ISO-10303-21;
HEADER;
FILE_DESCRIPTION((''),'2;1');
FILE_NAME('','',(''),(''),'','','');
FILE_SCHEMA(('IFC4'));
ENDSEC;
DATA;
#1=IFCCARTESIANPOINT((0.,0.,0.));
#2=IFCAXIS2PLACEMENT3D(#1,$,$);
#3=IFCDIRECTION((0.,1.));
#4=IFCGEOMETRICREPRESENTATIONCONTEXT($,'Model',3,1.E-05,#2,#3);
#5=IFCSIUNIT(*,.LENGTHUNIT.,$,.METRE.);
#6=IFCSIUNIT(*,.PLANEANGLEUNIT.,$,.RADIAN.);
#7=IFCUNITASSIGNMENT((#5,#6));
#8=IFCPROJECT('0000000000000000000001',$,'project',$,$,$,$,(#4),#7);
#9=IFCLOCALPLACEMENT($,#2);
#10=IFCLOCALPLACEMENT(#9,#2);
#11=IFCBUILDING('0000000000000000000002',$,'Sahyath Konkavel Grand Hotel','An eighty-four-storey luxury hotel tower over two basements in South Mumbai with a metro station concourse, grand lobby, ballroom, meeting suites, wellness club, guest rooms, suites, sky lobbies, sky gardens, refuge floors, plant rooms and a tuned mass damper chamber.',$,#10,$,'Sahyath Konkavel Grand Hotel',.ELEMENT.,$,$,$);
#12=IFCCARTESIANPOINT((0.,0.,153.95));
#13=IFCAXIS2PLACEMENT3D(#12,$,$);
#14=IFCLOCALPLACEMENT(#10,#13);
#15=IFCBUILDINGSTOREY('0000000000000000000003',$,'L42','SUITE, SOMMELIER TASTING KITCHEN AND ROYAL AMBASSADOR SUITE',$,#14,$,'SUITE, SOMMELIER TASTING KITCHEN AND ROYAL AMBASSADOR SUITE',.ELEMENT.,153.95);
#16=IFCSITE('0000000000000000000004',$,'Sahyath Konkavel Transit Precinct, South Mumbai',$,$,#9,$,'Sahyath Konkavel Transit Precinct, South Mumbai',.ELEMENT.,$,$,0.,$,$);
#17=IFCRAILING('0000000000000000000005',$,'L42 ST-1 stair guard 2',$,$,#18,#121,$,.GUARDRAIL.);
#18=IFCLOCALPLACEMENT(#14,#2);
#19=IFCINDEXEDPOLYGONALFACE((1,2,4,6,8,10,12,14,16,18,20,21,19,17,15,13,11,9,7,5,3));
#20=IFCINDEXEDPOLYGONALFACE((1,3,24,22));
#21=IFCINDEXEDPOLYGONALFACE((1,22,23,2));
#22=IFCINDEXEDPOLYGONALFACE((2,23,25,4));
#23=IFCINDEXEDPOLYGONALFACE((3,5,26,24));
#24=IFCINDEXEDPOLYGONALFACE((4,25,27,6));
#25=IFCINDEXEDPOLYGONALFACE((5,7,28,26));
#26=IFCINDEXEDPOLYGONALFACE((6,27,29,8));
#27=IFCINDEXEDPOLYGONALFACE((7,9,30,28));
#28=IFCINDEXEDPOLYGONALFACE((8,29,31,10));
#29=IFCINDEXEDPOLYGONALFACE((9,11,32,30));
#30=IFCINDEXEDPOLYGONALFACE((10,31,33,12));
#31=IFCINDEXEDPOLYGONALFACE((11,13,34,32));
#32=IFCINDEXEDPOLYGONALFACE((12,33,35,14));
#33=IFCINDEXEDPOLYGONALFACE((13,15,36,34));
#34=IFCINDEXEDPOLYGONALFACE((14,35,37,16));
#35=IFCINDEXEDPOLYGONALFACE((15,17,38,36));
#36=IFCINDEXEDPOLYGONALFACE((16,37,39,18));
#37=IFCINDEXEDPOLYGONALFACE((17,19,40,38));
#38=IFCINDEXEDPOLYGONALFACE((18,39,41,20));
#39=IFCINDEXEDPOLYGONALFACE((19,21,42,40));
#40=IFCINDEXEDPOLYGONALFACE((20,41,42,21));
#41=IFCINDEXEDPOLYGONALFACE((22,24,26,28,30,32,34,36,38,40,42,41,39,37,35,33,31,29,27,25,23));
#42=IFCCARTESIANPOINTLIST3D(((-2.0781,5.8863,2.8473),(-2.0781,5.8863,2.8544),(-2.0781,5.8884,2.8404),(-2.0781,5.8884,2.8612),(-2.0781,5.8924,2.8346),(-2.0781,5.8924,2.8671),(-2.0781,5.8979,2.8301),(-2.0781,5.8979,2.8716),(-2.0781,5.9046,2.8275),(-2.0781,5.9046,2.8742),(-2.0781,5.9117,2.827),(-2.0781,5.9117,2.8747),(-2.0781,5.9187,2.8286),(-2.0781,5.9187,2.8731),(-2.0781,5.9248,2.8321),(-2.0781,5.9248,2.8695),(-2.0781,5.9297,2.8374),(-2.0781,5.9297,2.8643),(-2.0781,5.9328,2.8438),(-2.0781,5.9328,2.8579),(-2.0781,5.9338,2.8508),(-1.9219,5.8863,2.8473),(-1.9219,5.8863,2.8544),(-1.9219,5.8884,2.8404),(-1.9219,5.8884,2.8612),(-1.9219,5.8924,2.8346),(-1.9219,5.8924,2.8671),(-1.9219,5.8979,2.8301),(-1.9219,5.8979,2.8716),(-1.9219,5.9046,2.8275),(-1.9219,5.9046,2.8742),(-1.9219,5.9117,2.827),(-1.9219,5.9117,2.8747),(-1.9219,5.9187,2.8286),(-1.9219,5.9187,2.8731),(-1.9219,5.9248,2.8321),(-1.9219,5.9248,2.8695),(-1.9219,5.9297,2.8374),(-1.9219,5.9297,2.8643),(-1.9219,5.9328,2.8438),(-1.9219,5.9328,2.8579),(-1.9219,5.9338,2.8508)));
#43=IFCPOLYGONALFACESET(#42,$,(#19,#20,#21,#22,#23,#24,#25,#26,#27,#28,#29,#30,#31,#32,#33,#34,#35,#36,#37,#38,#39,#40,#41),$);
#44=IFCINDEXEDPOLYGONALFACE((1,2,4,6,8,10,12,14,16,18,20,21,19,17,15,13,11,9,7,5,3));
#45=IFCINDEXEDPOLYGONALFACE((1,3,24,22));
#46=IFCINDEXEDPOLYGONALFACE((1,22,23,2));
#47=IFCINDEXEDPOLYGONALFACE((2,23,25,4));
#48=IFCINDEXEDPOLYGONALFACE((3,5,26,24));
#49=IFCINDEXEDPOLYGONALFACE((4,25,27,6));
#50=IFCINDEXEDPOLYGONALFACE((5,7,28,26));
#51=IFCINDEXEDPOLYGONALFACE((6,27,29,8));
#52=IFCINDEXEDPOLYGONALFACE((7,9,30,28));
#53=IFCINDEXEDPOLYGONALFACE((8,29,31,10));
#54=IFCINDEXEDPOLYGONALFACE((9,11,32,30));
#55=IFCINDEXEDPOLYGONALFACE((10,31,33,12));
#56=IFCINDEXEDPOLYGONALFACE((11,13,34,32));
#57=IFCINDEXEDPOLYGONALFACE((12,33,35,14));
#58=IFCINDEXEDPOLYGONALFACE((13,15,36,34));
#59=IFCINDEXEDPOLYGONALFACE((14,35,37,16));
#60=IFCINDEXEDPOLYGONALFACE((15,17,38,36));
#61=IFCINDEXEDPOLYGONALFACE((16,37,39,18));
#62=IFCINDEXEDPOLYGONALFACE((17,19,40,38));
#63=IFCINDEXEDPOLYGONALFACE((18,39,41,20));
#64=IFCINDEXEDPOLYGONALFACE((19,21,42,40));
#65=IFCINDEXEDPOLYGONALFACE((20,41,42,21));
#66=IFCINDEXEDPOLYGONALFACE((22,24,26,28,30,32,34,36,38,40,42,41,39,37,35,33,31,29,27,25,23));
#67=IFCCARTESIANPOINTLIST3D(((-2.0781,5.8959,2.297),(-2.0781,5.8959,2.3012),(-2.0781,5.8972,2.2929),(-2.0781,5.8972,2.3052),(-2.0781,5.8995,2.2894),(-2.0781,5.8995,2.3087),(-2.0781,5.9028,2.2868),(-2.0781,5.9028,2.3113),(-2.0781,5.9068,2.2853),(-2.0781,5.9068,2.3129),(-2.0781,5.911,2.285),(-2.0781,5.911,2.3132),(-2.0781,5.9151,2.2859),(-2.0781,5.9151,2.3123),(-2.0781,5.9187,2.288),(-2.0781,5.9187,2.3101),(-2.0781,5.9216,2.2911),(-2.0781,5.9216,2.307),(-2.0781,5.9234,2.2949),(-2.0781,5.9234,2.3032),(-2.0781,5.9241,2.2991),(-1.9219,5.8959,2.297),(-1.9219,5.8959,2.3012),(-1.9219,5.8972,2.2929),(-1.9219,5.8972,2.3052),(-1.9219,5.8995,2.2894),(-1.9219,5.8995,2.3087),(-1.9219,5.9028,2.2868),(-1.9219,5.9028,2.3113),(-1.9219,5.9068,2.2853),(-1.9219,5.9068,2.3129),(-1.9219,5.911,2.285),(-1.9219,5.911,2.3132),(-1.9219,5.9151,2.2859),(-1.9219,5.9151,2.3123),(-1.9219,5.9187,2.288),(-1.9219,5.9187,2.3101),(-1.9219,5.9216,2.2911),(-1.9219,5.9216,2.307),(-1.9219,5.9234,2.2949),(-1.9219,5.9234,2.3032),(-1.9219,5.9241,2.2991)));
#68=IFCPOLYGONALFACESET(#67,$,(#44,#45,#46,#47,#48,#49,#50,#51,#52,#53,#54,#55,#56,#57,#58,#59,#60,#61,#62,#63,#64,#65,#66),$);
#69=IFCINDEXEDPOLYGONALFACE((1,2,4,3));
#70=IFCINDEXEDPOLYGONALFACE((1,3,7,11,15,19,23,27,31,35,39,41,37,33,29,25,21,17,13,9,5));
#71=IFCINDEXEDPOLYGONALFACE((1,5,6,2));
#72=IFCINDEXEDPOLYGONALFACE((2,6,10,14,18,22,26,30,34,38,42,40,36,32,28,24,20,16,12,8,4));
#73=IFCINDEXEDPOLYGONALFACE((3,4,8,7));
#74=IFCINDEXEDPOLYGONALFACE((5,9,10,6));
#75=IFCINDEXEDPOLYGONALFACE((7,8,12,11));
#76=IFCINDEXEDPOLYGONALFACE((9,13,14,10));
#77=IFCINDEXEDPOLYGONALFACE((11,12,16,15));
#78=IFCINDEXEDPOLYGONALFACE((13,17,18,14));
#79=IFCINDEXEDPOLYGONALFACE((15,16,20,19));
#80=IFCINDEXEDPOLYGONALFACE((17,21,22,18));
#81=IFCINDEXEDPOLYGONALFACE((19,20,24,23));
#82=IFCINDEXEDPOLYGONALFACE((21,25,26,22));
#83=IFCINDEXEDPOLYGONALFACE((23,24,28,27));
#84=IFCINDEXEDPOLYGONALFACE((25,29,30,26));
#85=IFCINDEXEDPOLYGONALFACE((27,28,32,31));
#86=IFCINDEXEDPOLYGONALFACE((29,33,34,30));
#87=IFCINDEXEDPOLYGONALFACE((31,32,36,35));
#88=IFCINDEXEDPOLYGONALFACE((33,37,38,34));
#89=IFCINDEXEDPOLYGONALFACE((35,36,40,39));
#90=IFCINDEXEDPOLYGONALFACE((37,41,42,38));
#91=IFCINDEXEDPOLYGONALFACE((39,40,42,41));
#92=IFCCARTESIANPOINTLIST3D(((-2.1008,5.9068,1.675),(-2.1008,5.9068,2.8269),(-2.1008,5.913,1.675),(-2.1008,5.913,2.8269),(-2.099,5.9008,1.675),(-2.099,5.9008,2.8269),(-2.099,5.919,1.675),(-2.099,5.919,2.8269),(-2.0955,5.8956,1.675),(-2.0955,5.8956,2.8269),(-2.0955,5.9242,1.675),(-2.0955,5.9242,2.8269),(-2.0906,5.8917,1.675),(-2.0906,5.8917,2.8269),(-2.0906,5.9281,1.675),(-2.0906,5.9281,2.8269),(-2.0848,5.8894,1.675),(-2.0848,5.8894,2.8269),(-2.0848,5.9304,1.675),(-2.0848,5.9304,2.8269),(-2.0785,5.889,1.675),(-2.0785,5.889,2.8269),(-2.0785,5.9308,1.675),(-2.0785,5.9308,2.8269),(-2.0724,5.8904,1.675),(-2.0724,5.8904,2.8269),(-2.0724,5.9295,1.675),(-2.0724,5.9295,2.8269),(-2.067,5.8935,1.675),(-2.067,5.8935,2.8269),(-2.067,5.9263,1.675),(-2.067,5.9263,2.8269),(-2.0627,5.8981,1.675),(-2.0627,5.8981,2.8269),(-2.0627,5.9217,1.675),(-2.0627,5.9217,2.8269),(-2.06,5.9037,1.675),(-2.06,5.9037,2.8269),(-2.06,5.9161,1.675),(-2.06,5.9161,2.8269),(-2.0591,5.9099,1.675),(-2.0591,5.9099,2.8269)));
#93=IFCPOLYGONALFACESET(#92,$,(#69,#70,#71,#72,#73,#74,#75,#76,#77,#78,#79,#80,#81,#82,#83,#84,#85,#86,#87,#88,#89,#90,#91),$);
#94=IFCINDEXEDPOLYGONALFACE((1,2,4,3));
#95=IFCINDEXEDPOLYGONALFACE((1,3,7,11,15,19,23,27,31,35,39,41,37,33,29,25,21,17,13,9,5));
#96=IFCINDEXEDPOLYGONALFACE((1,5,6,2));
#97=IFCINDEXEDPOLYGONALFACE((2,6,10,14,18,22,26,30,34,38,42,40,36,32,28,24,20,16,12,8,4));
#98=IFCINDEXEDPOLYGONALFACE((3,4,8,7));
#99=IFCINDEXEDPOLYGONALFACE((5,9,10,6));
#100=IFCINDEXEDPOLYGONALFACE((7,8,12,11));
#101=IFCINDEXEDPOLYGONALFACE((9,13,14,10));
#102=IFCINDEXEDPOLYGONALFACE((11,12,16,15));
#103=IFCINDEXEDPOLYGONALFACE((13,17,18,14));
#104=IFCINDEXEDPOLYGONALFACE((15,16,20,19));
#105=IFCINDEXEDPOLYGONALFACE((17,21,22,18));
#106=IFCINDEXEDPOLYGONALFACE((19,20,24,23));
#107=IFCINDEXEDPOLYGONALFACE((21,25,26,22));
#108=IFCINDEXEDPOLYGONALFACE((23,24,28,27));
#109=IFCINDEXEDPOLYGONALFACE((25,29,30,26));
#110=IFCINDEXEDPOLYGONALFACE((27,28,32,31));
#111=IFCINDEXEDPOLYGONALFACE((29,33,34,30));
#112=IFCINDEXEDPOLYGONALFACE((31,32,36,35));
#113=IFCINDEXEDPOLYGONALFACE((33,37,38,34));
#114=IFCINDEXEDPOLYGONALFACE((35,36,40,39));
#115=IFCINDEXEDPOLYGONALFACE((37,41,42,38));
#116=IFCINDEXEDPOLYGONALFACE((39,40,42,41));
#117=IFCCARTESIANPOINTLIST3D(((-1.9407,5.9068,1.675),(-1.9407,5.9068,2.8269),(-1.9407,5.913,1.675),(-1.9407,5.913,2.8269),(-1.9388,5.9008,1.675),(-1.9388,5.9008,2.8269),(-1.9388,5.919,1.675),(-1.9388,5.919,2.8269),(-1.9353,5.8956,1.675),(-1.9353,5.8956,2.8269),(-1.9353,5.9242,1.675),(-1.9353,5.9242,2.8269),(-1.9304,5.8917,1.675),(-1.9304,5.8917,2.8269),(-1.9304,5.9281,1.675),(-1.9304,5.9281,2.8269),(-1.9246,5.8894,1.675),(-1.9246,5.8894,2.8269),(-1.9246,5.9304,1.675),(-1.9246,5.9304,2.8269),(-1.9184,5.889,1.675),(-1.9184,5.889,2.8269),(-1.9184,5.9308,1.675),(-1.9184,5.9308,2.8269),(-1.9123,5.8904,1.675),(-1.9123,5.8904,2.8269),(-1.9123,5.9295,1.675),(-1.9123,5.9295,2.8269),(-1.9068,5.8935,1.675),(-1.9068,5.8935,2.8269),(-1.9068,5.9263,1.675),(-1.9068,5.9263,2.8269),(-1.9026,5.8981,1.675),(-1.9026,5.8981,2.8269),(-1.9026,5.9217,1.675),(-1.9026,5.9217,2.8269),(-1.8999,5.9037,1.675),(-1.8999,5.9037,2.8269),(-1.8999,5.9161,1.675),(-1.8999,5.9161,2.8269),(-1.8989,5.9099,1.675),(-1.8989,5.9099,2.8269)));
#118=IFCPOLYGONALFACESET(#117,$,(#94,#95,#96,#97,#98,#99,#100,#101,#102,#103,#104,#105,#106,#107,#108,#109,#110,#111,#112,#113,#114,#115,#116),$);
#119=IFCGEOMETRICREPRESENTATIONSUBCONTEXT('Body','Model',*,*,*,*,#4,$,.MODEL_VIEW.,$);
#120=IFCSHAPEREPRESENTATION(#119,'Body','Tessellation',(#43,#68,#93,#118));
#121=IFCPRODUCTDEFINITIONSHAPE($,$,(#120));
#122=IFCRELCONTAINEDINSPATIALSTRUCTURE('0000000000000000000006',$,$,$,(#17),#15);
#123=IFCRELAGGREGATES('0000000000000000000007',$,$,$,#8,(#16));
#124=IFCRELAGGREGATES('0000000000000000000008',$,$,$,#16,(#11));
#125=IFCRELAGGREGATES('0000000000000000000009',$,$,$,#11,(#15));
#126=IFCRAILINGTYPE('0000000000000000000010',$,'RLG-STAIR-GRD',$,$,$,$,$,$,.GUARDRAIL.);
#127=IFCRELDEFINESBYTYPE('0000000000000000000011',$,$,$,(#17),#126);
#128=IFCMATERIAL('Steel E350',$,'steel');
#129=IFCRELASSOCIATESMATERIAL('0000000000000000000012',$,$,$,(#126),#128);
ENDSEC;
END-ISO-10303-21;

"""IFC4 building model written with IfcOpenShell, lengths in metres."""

from ifc_helpers import new_model, si_unit, direction, frame, origin, origin_2d, place, context, subcontext, project, spatial, circle, extrude, material, type_object, element, save


model = new_model("IFC4")

# Units and contexts
model_context = context("Model", 3, precision=1e-05, world=origin(), true_north=direction((0.0, 1.0)))
body_context = subcontext(model_context, "Body", "Model", "MODEL_VIEW")
ifc_project = project(units=[si_unit("LENGTHUNIT", "METRE"), si_unit("PLANEANGLEUNIT", "RADIAN")], contexts=[model_context])

# Site, building, storey
site_placement = place(None, origin())
site = spatial("IfcSite", under=ifc_project, at=site_placement, Name="Sahyath Konkavel Transit Precinct, South Mumbai", LongName="Sahyath Konkavel Transit Precinct, South Mumbai", CompositionType="ELEMENT", RefElevation=0.0)
building_placement = place(site_placement, origin())
building = spatial("IfcBuilding", under=site, at=building_placement, Name="Sahyath Konkavel Grand Hotel", Description="An eighty-four-storey luxury hotel tower over two basements in South Mumbai with a metro station concourse, grand lobby, ballroom, meeting suites, wellness club, guest rooms, suites, sky lobbies, sky gardens, refuge floors, plant rooms and a tuned mass damper chamber.", LongName="Sahyath Konkavel Grand Hotel", CompositionType="ELEMENT")
storey_placement = place(building_placement, frame((0.0, 0.0, 153.95)))
storey = spatial("IfcBuildingStorey", under=building, at=storey_placement, Name="L42", Description="SUITE, SOMMELIER TASTING KITCHEN AND ROYAL AMBASSADOR SUITE", LongName="SUITE, SOMMELIER TASTING KITCHEN AND ROYAL AMBASSADOR SUITE", CompositionType="ELEMENT", Elevation=153.95)

# Shared definitions
ifc_material_1 = material(Name="Steel E350", Category="steel")

# Railing
railing_type_1 = type_object("IfcRailingType", Name="RLG-STAIR-GRD", PredefinedType="GUARDRAIL", material=ifc_material_1)
railing_1_placement = place(storey_placement, frame((-2.0801, 5.9099, 1.675)))
element("IfcRailing", 1, at=railing_1_placement, inside=storey, type_object=railing_type_1, Name="L42 ST-1 stair guard 2", PredefinedType="GUARDRAIL", context=body_context, shape_type="SweptSolid", body=[
    extrude(circle(Radius=0.0239, at=origin_2d()), frame((0.002, 0.0, 1.1758), z_axis=(1.0, 0.0, 0.0), x_axis=(0.0, 1.0, 0.0)), (0.0, 0.0, 1.0), 0.1562),
    extrude(circle(Radius=0.0142, at=origin_2d()), frame((0.002, 0.0, 0.624), z_axis=(1.0, 0.0, 0.0), x_axis=(0.0, 1.0, 0.0)), (0.0, 0.0, 1.0), 0.1562),
    extrude(circle(Radius=0.021, at=origin_2d()), origin(), (0.0, 0.0, 1.0), 1.1519),
    extrude(circle(Radius=0.021, at=origin_2d()), frame((0.1602, 0.0, 0.0)), (0.0, 0.0, 1.0), 1.1519),
])

save(model, "model.ifc")
